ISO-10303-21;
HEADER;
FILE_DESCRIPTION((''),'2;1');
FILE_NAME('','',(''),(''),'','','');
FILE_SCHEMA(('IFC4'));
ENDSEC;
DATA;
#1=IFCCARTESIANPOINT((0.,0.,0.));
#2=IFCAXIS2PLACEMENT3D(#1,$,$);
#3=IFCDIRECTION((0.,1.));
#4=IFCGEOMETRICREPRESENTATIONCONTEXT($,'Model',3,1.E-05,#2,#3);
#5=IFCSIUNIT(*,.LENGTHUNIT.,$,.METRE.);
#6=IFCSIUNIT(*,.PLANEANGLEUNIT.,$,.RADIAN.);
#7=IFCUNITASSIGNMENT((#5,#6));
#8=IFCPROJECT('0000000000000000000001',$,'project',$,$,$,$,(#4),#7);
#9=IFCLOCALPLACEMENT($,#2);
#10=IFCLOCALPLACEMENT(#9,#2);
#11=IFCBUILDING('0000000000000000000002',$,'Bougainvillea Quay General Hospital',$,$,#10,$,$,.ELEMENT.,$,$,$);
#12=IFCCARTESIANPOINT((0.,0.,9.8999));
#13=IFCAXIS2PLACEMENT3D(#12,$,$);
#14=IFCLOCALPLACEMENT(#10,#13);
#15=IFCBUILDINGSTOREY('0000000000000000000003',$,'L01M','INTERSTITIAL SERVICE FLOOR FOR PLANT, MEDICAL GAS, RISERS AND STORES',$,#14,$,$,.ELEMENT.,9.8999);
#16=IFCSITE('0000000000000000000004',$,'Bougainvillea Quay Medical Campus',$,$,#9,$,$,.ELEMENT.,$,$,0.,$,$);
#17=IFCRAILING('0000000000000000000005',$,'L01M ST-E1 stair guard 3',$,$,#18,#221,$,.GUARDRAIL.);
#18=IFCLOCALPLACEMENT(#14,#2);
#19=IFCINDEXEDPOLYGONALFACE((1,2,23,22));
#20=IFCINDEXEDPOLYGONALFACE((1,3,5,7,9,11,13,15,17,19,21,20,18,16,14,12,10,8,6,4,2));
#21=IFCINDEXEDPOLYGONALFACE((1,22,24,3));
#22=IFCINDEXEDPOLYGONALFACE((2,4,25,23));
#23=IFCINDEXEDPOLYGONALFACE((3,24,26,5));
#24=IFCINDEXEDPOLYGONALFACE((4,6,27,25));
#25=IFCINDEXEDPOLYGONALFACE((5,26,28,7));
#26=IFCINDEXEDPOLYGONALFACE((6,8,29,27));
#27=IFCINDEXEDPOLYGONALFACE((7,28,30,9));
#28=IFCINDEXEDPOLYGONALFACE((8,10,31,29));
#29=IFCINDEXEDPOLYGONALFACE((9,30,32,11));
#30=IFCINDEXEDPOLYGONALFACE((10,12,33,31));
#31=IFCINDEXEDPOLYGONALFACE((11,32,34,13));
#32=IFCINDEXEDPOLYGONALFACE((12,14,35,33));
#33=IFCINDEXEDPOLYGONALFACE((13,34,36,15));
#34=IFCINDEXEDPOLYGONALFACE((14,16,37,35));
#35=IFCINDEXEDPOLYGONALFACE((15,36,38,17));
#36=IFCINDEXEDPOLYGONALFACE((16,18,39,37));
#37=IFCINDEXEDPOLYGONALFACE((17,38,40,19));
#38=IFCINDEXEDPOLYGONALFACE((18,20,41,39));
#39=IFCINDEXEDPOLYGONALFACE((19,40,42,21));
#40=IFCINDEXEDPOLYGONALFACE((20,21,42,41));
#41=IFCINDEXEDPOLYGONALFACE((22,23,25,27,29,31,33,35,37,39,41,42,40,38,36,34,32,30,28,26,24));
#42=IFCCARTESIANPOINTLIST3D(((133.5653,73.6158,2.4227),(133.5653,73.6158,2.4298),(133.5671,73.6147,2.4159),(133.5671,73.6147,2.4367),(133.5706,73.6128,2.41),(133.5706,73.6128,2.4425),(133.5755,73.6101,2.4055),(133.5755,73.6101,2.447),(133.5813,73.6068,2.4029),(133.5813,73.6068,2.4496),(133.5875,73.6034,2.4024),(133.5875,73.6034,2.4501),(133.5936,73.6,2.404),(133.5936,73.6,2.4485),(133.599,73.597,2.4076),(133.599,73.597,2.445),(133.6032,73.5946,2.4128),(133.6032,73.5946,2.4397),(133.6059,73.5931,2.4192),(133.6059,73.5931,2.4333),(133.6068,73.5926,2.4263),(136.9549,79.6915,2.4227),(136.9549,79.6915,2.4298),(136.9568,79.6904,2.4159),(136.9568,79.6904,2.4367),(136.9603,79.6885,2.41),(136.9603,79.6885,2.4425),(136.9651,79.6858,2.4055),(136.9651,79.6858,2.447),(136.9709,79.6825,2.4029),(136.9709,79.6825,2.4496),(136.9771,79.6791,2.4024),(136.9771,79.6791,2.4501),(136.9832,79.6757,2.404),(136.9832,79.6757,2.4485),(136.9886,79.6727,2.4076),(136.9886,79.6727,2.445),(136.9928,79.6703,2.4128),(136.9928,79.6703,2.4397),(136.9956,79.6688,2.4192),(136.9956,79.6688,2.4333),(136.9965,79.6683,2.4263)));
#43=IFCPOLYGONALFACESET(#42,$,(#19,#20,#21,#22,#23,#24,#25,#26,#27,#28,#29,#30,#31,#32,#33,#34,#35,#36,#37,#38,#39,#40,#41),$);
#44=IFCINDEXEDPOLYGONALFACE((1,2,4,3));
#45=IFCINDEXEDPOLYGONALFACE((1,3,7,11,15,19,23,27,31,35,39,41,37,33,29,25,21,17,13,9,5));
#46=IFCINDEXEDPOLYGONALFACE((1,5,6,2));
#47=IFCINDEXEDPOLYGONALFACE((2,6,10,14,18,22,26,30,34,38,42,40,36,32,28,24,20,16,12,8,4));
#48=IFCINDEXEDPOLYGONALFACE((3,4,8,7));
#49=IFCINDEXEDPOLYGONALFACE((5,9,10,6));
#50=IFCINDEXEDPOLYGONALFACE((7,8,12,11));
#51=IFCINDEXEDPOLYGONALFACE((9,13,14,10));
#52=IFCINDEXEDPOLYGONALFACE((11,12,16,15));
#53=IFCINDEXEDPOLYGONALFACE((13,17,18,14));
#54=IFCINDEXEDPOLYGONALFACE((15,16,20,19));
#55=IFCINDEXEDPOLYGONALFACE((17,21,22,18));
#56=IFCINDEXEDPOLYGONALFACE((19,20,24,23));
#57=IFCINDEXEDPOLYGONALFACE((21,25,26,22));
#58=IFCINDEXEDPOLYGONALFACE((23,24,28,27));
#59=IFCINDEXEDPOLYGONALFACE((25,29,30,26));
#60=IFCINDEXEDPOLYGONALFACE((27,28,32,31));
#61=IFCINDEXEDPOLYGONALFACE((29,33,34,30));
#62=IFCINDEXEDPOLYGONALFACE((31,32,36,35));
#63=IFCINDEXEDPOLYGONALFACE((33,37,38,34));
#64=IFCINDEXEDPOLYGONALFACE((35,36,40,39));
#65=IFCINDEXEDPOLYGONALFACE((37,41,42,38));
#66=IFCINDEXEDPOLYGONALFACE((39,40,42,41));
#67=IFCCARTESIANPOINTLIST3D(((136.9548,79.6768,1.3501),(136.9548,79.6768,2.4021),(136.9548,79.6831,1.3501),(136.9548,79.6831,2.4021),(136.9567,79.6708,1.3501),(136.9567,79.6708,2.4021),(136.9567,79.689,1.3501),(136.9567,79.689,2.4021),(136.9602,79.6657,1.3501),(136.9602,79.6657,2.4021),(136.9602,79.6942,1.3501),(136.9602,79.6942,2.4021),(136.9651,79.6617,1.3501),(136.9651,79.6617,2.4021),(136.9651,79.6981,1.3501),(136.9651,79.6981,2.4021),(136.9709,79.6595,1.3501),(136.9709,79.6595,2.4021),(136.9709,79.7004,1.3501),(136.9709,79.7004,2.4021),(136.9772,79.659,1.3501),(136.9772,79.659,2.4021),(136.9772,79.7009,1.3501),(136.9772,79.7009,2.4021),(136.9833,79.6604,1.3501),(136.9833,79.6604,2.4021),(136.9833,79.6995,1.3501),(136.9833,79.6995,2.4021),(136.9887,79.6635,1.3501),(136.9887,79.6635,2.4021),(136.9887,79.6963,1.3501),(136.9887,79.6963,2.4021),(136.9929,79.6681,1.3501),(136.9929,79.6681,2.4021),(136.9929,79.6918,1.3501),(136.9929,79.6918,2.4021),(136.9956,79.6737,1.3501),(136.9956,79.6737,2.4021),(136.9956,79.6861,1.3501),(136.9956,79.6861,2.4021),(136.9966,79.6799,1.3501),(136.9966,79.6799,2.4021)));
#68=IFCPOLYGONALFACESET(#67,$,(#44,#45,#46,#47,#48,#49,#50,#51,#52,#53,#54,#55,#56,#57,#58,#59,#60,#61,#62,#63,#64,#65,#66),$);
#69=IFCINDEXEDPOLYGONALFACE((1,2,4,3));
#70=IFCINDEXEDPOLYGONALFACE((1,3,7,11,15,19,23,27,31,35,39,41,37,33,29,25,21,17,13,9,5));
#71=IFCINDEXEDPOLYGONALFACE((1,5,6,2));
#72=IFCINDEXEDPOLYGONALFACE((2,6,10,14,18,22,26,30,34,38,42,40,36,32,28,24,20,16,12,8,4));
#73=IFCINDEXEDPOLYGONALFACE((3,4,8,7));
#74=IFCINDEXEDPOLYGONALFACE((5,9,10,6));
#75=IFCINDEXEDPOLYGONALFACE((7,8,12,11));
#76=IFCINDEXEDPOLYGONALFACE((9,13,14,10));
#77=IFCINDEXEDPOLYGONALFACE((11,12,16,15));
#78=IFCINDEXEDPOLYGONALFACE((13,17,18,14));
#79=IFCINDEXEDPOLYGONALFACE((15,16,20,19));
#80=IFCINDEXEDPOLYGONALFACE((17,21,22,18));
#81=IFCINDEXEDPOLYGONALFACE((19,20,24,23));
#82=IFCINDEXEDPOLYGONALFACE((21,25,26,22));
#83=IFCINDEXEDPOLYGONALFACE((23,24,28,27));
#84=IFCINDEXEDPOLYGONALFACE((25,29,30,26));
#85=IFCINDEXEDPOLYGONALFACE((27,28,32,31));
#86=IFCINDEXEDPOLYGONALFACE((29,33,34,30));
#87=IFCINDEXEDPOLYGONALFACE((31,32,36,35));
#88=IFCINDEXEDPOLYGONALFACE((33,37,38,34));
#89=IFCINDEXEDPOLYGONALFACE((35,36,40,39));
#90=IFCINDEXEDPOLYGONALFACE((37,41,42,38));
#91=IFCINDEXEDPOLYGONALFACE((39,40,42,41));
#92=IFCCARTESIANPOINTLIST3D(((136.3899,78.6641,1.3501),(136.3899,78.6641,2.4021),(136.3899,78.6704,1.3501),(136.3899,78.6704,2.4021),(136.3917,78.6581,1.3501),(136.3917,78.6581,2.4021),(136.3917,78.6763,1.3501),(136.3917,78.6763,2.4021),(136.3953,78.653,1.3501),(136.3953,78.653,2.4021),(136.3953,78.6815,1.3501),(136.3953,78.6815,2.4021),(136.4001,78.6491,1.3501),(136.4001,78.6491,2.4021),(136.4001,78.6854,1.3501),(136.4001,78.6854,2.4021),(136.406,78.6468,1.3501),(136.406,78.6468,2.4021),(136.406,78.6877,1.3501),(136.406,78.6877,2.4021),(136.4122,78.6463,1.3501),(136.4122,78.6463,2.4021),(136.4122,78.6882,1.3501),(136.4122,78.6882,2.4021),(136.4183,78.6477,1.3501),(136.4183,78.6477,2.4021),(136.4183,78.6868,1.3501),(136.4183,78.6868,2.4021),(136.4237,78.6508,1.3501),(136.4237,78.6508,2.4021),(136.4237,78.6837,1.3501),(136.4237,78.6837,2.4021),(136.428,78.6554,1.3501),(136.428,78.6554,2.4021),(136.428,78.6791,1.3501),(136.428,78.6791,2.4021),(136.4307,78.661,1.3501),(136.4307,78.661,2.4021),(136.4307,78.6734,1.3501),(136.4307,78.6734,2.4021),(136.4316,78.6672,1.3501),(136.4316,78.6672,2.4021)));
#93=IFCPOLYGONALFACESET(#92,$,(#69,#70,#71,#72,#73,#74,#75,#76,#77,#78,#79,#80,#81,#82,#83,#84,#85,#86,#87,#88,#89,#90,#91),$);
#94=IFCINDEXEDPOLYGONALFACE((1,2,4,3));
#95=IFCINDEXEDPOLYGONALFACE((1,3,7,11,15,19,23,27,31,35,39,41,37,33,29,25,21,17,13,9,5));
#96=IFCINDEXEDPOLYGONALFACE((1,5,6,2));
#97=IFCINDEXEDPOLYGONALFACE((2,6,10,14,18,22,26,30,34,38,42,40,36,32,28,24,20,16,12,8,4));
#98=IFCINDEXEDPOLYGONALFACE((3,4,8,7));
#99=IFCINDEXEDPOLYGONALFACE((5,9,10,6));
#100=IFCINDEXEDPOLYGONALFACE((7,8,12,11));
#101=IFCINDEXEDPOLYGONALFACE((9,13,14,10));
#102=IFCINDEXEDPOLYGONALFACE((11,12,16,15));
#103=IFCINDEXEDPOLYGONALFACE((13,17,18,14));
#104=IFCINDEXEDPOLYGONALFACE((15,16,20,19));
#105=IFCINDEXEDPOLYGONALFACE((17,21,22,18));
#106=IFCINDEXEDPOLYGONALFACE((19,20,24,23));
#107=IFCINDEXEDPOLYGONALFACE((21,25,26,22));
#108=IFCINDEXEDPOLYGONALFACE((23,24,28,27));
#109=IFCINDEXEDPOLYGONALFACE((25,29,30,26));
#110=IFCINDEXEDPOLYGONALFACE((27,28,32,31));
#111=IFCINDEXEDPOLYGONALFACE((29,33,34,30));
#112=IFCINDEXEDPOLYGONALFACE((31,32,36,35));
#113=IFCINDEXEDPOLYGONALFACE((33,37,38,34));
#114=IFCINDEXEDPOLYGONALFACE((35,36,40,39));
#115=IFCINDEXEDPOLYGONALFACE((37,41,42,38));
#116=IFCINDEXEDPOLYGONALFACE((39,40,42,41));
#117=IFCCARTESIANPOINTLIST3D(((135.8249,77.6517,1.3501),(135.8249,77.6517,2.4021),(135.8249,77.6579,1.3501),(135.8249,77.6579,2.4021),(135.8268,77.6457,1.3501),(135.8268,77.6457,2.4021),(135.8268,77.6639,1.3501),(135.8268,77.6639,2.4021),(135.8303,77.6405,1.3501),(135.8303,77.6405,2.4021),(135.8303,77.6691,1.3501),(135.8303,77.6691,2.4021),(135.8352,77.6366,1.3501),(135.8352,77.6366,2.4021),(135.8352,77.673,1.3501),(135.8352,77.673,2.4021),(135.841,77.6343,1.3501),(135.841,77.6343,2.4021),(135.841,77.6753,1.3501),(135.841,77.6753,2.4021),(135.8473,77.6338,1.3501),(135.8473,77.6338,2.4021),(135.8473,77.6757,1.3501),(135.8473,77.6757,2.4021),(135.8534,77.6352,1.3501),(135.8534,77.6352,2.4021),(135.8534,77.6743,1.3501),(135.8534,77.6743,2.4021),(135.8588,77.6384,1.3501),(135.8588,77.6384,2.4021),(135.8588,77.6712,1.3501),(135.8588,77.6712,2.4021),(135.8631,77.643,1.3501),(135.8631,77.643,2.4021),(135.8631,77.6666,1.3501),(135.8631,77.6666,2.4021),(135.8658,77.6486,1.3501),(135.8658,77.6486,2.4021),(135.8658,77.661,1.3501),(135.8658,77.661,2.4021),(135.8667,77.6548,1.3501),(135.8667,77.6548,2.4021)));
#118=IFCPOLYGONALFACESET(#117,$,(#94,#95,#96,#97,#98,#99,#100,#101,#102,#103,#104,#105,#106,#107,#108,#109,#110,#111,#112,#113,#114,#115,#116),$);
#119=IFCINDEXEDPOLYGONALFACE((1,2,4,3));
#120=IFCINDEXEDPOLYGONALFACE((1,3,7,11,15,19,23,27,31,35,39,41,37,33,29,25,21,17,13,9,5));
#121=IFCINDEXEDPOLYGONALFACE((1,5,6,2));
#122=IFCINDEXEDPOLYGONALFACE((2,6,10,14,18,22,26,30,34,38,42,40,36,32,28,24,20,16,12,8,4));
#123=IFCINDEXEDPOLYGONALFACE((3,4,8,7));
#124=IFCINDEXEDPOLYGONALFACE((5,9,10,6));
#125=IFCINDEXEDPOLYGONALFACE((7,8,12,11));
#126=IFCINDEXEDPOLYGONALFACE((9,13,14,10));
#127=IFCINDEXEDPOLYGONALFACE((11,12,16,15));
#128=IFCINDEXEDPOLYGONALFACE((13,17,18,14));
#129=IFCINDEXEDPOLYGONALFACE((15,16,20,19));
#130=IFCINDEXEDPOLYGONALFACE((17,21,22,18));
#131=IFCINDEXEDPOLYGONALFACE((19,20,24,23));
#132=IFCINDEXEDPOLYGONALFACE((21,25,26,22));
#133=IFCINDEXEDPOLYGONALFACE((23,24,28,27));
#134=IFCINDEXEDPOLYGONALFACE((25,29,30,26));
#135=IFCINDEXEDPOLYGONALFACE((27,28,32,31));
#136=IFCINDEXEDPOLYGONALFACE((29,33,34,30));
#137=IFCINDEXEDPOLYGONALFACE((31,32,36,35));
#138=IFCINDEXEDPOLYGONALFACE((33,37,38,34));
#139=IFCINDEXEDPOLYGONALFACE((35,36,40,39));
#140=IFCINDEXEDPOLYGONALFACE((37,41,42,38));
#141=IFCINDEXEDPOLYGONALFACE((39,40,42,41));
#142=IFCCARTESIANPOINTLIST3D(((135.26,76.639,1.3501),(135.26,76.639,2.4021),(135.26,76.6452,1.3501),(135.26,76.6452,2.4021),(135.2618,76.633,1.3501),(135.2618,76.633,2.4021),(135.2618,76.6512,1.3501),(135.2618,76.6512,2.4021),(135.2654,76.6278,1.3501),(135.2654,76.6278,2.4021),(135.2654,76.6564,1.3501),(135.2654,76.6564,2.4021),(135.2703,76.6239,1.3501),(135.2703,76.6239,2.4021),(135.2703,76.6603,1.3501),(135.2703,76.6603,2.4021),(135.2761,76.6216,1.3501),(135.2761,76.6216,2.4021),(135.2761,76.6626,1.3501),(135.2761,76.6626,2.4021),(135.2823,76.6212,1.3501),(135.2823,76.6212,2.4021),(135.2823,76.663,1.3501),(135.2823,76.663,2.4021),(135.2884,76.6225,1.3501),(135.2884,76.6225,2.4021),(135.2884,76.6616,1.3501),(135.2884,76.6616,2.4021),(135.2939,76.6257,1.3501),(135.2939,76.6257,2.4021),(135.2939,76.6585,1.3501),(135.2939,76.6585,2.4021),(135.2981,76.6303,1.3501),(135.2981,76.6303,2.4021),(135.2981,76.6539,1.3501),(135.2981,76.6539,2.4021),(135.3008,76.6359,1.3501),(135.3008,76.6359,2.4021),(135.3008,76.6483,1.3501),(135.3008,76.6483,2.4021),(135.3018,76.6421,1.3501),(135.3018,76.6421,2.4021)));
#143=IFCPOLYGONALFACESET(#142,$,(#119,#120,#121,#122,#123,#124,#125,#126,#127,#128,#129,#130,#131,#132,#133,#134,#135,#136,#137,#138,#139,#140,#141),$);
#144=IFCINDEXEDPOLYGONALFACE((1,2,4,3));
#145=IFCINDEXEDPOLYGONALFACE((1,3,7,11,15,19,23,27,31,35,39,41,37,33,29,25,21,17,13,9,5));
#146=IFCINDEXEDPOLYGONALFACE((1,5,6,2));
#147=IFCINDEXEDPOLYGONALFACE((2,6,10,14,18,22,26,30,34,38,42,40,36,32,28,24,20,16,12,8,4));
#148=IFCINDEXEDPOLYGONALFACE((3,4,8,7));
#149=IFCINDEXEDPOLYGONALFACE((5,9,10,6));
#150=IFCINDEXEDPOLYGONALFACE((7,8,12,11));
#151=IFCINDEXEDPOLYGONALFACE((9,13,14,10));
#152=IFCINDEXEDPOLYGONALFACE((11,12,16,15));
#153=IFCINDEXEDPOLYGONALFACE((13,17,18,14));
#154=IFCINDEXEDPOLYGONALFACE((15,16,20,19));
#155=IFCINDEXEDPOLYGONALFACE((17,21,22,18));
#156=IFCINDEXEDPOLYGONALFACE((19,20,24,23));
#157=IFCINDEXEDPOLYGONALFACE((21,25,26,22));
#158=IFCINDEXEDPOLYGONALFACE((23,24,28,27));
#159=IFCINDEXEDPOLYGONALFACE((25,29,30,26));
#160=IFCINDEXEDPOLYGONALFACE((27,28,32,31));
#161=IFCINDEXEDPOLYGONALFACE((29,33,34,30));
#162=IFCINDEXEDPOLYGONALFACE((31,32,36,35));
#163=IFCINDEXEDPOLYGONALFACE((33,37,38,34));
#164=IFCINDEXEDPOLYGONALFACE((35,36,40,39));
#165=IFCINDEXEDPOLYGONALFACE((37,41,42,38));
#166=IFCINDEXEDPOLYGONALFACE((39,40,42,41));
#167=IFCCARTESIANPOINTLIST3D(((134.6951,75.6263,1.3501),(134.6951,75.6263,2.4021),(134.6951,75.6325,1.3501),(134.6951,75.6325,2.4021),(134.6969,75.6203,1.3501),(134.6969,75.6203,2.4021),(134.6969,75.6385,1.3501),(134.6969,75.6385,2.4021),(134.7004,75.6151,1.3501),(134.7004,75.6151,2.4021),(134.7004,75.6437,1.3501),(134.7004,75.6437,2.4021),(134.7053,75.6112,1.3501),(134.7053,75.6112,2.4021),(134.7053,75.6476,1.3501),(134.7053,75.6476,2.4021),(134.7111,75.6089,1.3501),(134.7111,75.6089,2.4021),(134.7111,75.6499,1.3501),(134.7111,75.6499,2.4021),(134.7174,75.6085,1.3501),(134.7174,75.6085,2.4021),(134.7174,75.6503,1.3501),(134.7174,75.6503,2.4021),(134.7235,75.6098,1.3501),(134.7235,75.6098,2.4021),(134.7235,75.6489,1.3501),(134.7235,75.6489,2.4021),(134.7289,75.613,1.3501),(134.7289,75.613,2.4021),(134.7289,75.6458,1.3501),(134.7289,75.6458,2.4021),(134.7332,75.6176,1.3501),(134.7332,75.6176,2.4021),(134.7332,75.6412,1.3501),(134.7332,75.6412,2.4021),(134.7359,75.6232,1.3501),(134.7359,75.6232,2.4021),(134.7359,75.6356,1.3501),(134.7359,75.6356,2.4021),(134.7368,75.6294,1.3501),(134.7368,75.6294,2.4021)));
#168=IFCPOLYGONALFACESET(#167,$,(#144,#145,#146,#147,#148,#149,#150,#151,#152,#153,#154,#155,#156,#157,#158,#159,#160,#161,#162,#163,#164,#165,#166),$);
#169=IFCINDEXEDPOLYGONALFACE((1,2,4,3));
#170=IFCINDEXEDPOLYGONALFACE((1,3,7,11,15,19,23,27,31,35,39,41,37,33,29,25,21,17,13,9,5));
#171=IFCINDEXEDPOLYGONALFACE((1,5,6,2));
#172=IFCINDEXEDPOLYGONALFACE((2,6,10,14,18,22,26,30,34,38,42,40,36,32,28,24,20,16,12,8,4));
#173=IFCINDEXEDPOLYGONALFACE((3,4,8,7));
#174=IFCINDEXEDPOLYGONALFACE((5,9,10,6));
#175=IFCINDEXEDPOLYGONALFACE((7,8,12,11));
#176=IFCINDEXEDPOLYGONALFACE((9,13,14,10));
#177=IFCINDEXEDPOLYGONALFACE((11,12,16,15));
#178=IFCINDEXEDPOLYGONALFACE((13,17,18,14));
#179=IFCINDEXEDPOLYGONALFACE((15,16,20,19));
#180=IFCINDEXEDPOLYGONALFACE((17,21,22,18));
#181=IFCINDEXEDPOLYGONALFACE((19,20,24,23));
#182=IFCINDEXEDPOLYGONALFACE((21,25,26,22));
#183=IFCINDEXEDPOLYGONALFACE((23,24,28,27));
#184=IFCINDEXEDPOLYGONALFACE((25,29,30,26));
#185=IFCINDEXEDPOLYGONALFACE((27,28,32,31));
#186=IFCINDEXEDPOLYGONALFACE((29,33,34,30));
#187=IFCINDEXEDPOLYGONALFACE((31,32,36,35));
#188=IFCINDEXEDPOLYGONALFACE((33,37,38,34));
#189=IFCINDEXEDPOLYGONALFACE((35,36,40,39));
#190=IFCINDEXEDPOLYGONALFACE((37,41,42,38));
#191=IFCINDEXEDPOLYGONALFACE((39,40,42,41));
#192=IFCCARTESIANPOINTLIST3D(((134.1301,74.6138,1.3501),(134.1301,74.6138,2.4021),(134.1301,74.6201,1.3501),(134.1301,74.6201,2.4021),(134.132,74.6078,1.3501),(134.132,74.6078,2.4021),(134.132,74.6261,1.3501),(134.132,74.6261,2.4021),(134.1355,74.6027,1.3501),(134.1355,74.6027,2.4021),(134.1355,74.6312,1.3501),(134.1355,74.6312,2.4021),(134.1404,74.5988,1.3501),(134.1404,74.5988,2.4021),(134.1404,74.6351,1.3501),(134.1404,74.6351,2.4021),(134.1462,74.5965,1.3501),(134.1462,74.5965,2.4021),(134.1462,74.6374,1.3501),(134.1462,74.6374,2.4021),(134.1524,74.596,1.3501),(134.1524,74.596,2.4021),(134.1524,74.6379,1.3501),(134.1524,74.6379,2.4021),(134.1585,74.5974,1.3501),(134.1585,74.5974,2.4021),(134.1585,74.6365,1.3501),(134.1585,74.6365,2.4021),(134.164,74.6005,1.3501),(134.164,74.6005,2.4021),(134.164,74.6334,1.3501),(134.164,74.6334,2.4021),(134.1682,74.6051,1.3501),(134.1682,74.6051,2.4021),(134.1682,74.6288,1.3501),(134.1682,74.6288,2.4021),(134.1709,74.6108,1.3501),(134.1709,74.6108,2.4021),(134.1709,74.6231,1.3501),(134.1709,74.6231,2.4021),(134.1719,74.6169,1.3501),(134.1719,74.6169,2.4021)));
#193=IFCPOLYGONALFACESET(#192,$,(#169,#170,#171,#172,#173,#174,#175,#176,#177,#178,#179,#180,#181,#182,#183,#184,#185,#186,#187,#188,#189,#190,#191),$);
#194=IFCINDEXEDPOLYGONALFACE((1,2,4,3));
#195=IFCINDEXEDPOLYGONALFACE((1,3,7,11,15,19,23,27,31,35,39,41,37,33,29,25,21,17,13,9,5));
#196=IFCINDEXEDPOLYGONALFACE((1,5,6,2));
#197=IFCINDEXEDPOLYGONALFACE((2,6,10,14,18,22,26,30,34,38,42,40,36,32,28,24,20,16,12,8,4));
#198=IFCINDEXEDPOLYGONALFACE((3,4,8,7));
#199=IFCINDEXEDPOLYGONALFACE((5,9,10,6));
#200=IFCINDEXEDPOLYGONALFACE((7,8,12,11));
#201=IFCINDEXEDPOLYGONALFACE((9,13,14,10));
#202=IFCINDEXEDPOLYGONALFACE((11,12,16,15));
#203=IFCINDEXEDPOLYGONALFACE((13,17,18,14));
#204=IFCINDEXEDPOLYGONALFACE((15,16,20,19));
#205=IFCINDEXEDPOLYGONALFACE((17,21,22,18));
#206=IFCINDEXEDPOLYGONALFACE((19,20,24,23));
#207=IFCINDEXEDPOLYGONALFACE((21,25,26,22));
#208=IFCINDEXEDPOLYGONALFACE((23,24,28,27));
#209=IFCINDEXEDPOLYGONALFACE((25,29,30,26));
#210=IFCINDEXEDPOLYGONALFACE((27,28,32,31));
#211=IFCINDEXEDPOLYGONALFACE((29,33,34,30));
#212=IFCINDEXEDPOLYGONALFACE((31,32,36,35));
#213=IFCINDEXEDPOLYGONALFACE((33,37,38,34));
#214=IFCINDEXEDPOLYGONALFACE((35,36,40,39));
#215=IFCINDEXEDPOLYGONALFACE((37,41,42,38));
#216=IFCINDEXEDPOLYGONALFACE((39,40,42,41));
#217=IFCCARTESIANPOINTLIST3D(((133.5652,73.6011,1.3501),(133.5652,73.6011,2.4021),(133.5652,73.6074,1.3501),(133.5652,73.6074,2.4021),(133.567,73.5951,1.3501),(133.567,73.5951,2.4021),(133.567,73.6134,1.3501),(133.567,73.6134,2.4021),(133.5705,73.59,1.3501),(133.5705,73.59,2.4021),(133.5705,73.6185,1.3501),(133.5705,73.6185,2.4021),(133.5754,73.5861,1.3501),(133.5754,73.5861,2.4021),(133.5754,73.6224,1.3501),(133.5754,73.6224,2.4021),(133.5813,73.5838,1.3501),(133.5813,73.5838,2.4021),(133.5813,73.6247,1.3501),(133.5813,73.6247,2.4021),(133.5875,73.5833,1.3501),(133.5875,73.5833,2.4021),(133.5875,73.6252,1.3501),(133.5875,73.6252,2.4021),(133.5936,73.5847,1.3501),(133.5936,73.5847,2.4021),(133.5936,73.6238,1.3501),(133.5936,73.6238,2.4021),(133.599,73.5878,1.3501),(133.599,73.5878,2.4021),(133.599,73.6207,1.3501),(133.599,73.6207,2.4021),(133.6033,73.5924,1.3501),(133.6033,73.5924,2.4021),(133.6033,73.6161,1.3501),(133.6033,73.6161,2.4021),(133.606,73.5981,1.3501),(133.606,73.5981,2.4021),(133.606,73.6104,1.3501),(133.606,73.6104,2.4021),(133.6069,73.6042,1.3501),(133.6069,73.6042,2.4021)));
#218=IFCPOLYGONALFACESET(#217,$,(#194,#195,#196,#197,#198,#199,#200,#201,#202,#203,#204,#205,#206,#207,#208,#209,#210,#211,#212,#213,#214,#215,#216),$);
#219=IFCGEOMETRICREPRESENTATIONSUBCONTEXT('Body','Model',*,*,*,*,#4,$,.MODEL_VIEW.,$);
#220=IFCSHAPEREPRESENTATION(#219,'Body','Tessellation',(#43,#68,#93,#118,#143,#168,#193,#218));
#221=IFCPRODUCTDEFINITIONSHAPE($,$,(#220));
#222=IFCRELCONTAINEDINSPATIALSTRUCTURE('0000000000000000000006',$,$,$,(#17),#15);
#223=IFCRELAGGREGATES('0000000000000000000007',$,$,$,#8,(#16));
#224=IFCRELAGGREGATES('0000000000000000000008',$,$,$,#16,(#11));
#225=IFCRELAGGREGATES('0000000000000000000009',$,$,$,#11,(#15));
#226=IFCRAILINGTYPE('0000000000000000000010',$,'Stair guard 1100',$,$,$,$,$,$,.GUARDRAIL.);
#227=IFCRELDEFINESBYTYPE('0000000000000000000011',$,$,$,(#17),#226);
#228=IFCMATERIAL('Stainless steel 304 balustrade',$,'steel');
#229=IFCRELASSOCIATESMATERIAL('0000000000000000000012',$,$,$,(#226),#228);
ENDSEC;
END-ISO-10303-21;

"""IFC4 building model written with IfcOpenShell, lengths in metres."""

from ifc_helpers import new_model, si_unit, direction, frame, origin, origin_2d, place, context, subcontext, project, spatial, circle, extrude, material, type_object, element, save


model = new_model("IFC4")

# Units and contexts
model_context = context("Model", 3, precision=1e-05, world=origin(), true_north=direction((0.0, 1.0)))
body_context = subcontext(model_context, "Body", "Model", "MODEL_VIEW")
ifc_project = project(units=[si_unit("LENGTHUNIT", "METRE"), si_unit("PLANEANGLEUNIT", "RADIAN")], contexts=[model_context])

# Site, building, storey
site_placement = place(None, origin())
site = spatial("IfcSite", under=ifc_project, at=site_placement, Name="Bougainvillea Quay Medical Campus", CompositionType="ELEMENT", RefElevation=0.0)
building_placement = place(site_placement, origin())
building = spatial("IfcBuilding", under=site, at=building_placement, Name="Bougainvillea Quay General Hospital", CompositionType="ELEMENT")
storey_placement = place(building_placement, frame((0.0, 0.0, 9.8999)))
storey = spatial("IfcBuildingStorey", under=building, at=storey_placement, Name="L01M", Description="INTERSTITIAL SERVICE FLOOR FOR PLANT, MEDICAL GAS, RISERS AND STORES", CompositionType="ELEMENT", Elevation=9.8999)

# Railing
ifc_material_1 = material(Name="Stainless steel 304 balustrade", Category="steel")
railing_type = type_object("IfcRailingType", Name="Stair guard 1100", PredefinedType="GUARDRAIL", material=ifc_material_1)
railing_1_placement = place(storey_placement, frame((136.9756, 79.6799, 1.3501)))
element("IfcRailing", 1, at=railing_1_placement, inside=storey, type_object=railing_type, Name="L01M ST-E1 stair guard 3", PredefinedType="GUARDRAIL", context=body_context, shape_type="SweptSolid", body=[
    extrude(circle(Radius=0.0239, at=origin_2d()), frame((0.0, 0.0, 1.0762), z_axis=(-0.487209, -0.873285, 0.0), x_axis=(0.873285, -0.487209, 0.0)), (0.0, 0.0, 1.0), 6.9573),
    extrude(circle(Radius=0.021, at=origin_2d()), origin(), (0.0, 0.0, 1.0), 1.052),
    extrude(circle(Radius=0.021, at=origin_2d()), frame((-0.5649, -1.0127, 0.0)), (0.0, 0.0, 1.0), 1.052),
    extrude(circle(Radius=0.021, at=origin_2d()), frame((-1.1299, -2.0251, 0.0)), (0.0, 0.0, 1.0), 1.052),
    extrude(circle(Radius=0.021, at=origin_2d()), frame((-1.6948, -3.0378, 0.0)), (0.0, 0.0, 1.0), 1.052),
    extrude(circle(Radius=0.021, at=origin_2d()), frame((-2.2598, -4.0505, 0.0)), (0.0, 0.0, 1.0), 1.052),
    extrude(circle(Radius=0.021, at=origin_2d()), frame((-2.8247, -5.063, 0.0)), (0.0, 0.0, 1.0), 1.052),
    extrude(circle(Radius=0.021, at=origin_2d()), frame((-3.3896, -6.0757, 0.0)), (0.0, 0.0, 1.0), 1.052),
])

save(model, "model.ifc")
